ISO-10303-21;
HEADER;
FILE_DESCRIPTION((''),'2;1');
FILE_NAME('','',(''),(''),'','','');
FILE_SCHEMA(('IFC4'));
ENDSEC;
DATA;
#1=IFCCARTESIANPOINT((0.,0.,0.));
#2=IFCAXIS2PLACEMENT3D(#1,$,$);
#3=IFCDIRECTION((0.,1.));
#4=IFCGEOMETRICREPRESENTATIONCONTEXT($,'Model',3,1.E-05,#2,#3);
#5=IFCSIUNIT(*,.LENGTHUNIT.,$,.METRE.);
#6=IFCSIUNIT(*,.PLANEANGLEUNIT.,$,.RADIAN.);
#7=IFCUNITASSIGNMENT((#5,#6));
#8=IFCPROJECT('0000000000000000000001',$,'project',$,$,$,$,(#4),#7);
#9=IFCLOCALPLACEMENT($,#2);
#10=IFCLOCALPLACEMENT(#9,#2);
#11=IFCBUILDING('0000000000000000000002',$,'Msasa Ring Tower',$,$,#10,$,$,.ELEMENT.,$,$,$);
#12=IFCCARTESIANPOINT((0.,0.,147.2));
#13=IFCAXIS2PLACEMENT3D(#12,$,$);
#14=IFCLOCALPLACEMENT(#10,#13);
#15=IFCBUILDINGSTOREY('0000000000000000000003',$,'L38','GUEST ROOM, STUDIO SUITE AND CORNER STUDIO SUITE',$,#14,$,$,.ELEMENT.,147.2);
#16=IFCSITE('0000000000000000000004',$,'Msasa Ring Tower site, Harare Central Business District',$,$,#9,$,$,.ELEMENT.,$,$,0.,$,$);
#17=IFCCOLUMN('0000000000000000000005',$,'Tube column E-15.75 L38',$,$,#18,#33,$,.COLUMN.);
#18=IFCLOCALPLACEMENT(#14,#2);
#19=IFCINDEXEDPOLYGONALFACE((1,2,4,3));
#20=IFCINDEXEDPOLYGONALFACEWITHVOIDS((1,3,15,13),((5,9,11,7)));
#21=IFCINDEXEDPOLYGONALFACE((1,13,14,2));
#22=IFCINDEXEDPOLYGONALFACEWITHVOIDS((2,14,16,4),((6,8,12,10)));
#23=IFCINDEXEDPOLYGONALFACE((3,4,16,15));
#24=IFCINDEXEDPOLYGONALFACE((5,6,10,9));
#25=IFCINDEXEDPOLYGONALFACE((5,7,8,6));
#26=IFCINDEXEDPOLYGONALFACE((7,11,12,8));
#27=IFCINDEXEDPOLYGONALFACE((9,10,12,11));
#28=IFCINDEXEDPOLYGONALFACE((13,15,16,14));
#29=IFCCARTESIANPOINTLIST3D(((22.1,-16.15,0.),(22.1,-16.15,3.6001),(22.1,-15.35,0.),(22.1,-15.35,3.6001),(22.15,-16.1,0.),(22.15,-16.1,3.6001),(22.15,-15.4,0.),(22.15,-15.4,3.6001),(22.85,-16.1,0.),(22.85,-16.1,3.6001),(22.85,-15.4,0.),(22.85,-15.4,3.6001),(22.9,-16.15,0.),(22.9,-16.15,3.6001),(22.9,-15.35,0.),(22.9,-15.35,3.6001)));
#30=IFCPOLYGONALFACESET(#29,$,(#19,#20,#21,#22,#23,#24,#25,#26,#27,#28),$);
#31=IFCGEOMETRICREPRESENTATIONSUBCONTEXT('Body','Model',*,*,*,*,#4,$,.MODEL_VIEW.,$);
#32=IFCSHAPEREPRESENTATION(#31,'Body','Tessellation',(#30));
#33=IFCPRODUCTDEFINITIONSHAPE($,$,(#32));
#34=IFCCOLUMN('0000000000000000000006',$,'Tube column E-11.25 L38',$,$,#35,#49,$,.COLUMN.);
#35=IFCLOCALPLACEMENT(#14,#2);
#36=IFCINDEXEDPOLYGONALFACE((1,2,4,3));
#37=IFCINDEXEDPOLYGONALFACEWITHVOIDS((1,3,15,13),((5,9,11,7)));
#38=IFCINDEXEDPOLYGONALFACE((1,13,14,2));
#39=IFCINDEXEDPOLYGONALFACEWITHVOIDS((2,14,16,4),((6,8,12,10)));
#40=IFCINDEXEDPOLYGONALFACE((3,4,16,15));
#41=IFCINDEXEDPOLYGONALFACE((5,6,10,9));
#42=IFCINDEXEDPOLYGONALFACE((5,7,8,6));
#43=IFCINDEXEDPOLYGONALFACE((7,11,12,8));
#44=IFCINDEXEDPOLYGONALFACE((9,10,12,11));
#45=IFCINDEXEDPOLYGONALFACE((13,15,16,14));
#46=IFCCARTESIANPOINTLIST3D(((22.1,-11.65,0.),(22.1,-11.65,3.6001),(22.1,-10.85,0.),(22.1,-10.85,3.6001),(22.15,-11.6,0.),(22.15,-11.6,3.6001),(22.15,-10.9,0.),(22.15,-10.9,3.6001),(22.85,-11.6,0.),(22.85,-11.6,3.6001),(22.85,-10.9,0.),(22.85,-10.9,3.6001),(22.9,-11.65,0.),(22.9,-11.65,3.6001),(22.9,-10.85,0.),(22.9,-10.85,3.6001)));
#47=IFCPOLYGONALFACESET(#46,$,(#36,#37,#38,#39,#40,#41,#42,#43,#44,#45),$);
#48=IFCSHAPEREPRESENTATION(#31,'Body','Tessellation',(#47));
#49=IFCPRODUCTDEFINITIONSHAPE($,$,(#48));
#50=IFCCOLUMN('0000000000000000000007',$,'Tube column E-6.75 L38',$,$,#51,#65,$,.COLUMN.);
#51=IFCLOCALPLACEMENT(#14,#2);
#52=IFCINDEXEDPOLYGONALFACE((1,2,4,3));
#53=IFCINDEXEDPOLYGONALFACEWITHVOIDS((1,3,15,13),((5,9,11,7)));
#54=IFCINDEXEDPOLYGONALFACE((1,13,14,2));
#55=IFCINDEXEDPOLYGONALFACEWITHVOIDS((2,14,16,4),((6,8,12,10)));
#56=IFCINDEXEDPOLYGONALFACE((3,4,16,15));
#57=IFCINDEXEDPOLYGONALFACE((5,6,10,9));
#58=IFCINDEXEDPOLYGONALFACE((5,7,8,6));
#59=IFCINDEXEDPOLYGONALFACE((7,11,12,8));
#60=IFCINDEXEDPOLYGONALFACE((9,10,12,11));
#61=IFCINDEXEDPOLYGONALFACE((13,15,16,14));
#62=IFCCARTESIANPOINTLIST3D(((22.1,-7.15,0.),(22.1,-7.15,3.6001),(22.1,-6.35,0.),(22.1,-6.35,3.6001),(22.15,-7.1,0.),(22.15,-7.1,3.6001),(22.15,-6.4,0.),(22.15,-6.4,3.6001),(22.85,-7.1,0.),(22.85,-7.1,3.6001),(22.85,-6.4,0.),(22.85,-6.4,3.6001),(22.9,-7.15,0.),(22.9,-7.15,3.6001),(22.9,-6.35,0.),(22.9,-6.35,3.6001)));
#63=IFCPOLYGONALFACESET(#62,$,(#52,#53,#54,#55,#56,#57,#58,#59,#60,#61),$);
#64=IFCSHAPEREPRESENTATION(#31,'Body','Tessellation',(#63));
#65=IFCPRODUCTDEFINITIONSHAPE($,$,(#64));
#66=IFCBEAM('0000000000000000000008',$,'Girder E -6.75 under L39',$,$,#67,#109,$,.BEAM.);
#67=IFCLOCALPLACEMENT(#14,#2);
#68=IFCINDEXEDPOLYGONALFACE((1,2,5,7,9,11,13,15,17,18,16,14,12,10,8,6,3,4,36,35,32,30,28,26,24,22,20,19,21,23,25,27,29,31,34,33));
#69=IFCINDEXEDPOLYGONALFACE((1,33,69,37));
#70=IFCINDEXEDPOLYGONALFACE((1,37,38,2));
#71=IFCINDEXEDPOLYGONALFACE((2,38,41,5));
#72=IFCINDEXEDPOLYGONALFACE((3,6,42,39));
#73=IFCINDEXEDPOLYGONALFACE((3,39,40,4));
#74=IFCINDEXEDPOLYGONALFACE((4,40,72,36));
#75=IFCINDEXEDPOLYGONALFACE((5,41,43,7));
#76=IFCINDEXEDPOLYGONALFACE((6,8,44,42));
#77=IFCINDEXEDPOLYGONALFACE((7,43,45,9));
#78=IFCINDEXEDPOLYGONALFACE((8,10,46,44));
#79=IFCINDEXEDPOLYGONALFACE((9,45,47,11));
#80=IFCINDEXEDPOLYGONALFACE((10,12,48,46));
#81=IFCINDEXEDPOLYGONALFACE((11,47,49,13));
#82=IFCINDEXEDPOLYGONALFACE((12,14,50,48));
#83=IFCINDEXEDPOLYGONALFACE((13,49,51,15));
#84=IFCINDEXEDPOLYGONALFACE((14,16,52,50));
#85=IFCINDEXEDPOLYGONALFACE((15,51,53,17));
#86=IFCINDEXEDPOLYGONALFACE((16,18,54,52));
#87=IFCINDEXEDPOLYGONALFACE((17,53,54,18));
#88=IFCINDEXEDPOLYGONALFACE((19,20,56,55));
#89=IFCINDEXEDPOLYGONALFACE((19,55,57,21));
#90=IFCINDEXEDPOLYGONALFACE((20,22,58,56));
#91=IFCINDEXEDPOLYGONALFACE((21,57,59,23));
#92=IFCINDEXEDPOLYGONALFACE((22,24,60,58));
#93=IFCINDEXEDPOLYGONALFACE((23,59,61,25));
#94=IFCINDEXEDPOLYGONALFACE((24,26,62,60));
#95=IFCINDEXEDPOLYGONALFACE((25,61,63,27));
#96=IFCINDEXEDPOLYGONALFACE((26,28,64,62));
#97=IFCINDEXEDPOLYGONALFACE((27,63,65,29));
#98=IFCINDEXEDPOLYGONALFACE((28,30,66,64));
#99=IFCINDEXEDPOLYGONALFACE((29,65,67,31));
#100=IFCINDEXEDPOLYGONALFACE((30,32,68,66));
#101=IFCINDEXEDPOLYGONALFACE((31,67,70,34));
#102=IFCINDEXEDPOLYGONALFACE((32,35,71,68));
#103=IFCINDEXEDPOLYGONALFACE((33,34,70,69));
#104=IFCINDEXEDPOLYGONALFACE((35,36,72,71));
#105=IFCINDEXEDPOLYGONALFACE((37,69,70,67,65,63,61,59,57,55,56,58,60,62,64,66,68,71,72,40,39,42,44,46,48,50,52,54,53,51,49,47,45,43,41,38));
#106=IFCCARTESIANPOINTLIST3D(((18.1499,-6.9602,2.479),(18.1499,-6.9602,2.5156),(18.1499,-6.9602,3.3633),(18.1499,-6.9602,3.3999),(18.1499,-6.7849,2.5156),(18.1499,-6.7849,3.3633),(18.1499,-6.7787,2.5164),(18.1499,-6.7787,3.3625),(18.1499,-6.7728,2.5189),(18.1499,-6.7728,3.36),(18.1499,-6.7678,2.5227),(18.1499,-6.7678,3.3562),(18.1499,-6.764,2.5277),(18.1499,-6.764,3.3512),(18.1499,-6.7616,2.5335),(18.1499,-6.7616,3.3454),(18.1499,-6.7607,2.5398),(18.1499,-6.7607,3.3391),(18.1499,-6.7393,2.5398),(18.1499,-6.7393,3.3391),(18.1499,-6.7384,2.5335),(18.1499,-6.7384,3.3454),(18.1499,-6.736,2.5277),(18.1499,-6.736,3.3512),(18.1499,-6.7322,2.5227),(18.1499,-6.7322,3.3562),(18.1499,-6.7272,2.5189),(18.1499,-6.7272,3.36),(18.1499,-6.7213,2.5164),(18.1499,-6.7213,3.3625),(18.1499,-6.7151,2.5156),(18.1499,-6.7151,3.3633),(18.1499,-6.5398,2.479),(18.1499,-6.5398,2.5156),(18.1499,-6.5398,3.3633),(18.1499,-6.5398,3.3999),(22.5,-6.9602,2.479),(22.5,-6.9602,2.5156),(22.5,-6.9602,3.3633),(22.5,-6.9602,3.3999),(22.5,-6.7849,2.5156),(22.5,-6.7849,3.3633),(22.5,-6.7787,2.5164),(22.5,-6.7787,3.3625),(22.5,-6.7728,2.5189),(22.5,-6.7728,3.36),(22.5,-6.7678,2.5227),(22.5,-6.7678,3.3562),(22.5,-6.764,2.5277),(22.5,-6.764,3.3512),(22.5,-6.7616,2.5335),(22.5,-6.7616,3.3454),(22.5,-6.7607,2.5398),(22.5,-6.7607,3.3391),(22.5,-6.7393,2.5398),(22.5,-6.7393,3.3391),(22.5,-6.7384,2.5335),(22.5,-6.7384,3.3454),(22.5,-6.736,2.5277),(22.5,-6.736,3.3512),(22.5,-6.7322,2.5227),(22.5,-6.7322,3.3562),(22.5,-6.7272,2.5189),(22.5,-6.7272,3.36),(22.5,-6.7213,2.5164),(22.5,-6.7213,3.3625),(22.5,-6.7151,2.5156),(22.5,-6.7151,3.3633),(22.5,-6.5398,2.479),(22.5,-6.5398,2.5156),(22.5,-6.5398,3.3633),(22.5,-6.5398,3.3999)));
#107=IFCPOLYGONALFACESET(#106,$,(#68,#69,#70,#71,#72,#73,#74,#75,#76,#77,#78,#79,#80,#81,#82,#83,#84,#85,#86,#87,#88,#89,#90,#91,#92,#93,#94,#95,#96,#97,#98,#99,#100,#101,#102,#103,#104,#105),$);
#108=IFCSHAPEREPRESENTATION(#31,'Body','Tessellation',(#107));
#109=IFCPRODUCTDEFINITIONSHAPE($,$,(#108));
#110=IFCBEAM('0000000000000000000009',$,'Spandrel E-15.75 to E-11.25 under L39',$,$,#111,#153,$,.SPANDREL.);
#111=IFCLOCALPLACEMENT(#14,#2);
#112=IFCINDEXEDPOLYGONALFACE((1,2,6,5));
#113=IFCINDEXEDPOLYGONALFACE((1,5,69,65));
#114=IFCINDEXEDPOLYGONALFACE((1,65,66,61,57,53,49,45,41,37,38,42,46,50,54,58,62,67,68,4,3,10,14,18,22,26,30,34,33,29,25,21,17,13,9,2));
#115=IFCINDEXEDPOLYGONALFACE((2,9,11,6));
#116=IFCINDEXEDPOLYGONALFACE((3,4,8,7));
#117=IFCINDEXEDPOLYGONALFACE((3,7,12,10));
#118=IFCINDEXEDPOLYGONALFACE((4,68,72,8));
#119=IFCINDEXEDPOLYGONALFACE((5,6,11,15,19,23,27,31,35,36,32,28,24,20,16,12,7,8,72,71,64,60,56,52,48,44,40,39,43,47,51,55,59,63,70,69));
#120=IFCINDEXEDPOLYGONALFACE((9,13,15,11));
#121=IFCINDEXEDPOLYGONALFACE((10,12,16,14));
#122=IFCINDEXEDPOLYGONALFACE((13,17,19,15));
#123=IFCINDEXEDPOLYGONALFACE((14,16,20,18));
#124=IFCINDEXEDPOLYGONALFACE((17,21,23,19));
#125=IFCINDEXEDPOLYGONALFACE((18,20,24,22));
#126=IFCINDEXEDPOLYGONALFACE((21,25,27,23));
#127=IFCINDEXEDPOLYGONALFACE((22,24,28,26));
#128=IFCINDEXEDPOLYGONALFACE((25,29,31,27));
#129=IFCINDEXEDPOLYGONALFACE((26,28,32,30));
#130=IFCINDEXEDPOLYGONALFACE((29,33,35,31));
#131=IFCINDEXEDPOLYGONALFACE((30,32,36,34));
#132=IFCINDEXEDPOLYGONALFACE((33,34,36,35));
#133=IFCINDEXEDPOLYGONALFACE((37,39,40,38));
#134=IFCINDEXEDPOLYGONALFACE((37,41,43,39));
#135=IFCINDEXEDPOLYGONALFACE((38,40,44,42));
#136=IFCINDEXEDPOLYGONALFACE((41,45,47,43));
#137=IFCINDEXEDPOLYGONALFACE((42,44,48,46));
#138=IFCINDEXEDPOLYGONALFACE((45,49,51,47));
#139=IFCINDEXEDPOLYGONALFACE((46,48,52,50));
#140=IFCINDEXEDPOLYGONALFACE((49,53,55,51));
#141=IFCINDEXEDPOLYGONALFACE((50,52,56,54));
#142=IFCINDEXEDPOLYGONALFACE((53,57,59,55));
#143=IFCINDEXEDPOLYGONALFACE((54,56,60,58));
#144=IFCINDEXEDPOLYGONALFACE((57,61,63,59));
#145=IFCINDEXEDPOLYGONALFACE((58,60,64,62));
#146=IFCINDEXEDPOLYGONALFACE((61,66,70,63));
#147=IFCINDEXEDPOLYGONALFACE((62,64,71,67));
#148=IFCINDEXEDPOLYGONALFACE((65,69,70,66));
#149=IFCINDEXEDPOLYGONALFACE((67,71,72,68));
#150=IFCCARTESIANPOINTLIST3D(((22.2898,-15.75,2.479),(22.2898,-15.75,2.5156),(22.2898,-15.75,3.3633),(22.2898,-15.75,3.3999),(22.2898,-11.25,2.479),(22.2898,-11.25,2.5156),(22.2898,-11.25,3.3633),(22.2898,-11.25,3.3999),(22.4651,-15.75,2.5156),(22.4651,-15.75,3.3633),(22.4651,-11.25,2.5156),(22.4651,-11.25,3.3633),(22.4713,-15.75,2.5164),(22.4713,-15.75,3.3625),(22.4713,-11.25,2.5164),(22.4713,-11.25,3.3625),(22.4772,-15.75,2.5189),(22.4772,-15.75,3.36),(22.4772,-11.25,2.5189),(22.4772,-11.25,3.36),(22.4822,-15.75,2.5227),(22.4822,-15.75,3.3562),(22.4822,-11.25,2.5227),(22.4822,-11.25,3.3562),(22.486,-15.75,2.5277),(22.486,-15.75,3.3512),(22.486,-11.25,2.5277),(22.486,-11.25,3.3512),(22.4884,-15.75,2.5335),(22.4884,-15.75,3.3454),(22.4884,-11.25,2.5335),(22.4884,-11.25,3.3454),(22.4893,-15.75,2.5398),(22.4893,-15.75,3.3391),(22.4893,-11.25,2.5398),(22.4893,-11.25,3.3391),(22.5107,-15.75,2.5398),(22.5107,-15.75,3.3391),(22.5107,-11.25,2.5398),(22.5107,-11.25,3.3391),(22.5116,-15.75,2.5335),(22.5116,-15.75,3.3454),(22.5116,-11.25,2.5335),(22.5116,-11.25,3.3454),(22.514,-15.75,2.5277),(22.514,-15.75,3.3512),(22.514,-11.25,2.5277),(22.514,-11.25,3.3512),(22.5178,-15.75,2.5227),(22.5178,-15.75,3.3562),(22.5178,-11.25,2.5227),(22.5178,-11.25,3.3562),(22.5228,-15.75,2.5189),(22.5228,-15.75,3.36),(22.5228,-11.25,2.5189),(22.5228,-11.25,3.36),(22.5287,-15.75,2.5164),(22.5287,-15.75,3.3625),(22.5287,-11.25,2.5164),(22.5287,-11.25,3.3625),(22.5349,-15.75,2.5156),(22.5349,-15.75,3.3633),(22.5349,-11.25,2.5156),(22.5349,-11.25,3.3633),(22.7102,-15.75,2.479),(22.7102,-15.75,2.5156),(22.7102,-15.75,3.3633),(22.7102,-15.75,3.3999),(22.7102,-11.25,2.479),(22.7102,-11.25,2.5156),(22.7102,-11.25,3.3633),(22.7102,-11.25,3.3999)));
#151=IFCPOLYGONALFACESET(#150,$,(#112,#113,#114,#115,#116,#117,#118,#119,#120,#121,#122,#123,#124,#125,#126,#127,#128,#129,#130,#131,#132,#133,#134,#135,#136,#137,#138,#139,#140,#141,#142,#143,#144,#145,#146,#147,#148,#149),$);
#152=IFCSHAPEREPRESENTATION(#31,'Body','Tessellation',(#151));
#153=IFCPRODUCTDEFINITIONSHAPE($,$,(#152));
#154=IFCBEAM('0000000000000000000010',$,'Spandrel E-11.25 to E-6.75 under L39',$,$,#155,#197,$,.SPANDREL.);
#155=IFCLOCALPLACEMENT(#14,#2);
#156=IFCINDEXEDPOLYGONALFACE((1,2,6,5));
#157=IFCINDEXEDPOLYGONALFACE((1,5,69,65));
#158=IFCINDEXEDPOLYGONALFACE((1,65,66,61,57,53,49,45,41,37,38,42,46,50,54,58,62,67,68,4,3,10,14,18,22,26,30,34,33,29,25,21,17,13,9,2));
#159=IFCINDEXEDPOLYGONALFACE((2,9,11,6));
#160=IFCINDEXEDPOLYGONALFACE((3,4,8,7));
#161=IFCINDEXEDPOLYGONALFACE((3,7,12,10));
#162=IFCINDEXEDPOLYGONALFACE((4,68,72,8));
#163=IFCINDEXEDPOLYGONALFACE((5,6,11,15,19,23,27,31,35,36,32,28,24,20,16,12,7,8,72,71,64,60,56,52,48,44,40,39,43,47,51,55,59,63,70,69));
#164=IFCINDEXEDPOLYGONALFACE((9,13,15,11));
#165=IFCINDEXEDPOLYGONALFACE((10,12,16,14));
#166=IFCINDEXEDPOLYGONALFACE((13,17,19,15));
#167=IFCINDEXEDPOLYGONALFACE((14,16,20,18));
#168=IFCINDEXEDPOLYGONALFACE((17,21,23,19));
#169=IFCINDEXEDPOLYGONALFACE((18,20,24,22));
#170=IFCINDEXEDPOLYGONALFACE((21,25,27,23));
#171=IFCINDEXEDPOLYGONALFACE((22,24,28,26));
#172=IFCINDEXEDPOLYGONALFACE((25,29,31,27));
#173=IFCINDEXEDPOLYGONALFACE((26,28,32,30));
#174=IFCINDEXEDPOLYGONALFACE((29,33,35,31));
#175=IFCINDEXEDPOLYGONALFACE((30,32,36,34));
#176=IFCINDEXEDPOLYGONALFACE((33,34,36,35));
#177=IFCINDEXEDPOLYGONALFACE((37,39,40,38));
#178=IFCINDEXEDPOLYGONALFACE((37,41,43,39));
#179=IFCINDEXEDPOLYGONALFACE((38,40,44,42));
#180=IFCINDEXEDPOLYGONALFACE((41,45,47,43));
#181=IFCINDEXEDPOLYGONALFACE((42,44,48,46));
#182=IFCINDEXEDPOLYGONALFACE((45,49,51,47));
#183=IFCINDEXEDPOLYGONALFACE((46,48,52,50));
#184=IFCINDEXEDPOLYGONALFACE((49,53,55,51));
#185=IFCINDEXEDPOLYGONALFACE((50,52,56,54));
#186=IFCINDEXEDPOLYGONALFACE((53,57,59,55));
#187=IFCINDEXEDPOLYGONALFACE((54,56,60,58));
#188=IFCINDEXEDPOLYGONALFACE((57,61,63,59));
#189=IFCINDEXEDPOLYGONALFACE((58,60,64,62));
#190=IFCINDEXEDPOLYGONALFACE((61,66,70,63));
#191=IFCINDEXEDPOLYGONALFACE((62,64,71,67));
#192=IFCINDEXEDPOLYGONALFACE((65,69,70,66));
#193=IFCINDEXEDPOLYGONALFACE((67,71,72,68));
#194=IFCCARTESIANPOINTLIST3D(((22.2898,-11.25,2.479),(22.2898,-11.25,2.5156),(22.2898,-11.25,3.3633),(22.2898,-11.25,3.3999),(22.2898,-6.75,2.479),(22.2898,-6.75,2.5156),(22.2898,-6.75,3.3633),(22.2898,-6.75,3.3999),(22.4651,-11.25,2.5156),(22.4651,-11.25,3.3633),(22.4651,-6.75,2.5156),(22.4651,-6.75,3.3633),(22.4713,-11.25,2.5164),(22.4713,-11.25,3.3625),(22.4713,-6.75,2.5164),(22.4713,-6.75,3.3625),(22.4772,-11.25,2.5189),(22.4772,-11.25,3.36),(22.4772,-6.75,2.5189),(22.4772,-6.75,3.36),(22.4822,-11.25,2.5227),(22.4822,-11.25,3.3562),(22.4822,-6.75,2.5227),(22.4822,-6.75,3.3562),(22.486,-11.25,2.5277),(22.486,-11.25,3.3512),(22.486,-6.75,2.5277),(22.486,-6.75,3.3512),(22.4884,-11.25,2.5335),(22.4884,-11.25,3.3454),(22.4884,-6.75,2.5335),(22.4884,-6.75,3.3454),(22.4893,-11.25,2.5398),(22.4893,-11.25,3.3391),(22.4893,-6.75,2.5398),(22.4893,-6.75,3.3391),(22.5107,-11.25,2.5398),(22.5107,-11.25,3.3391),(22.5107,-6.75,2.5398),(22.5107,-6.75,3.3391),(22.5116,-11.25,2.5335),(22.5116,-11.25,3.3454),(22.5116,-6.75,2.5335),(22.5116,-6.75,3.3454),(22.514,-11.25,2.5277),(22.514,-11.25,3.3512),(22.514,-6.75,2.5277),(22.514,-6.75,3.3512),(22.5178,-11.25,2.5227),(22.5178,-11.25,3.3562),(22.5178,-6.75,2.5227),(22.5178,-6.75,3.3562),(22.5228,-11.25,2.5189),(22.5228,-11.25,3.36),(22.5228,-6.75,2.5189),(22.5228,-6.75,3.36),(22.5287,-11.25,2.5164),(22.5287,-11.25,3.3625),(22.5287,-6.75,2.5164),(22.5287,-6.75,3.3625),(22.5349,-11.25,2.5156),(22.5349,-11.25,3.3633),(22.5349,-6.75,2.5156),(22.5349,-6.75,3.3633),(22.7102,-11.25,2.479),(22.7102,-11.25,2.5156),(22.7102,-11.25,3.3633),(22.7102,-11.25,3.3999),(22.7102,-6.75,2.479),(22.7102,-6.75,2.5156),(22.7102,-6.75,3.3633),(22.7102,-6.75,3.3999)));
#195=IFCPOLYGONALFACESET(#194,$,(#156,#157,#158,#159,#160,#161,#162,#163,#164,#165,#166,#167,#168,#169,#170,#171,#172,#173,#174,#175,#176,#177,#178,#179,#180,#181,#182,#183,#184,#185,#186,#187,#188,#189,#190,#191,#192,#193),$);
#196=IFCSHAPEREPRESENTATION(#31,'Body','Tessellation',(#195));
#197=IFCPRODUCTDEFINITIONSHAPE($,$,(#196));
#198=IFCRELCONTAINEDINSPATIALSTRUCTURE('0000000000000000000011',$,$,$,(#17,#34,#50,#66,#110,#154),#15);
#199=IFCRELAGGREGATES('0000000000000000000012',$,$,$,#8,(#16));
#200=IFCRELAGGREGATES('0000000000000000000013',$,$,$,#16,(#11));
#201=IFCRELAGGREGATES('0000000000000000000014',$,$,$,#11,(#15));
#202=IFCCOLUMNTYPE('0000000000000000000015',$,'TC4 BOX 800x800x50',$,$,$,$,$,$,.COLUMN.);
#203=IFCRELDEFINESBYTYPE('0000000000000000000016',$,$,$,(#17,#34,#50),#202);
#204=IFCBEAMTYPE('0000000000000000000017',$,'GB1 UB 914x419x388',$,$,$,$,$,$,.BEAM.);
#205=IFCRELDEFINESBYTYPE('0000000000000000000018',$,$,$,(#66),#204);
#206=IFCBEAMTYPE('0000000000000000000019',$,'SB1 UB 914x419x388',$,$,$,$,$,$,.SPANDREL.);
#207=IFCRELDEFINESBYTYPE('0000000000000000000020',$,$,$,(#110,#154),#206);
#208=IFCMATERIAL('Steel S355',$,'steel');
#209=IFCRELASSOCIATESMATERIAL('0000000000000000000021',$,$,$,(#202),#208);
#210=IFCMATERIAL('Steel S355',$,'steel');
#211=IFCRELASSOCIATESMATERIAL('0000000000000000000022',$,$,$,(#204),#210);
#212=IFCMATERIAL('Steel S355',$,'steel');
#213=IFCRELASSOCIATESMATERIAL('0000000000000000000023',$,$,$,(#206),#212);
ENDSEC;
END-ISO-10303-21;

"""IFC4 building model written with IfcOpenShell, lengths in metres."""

from ifc_helpers import new_model, si_unit, direction, frame, origin, origin_2d, place, context, subcontext, project, spatial, hollow_rectangle, i_section, extrude, material, material_profile, profile_set, type_object, element, save


model = new_model("IFC4")

# Units and contexts
model_context = context("Model", 3, precision=1e-05, world=origin(), true_north=direction((0.0, 1.0)))
body_context = subcontext(model_context, "Body", "Model", "MODEL_VIEW")
ifc_project = project(units=[si_unit("LENGTHUNIT", "METRE"), si_unit("PLANEANGLEUNIT", "RADIAN")], contexts=[model_context])

# Site, building, storey
site_placement = place(None, origin())
site = spatial("IfcSite", under=ifc_project, at=site_placement, Name="Msasa Ring Tower site, Harare Central Business District", CompositionType="ELEMENT", RefElevation=0.0)
building_placement = place(site_placement, origin())
building = spatial("IfcBuilding", under=site, at=building_placement, Name="Msasa Ring Tower", CompositionType="ELEMENT")
storey_placement = place(building_placement, frame((0.0, 0.0, 147.2)))
storey = spatial("IfcBuildingStorey", under=building, at=storey_placement, Name="L38", Description="GUEST ROOM, STUDIO SUITE AND CORNER STUDIO SUITE", CompositionType="ELEMENT", Elevation=147.2)

# Columns
ifc_material_1 = material(Name="Steel S355", Category="steel")
ifc_material_profile_1 = material_profile(ifc_material_1, hollow_rectangle(XDim=0.8, YDim=0.8, WallThickness=0.05, at=origin_2d()), Name="BOX 800x800x50")
ifc_profile_set_1 = profile_set([ifc_material_profile_1], Name="Steel S355")
column_type = type_object("IfcColumnType", Name="TC4 BOX 800x800x50", PredefinedType="COLUMN", material=ifc_profile_set_1)
for number, where, z_axis, x_axis, name in (
    (1, (22.5, -15.75, 0.0), (0.0, 0.0, 1.0), (1.0, 0.0, 0.0), "Tube column E-15.75 L38"),
    (2, (22.5, -11.25, 0.0), (0.0, 0.0, 1.0), (1.0, 0.0, 0.0), "Tube column E-11.25 L38"),
    (3, (22.5, -6.75, 0.0), (0.0, 0.0, 1.0), (1.0, 0.0, 0.0), "Tube column E-6.75 L38"),
):
    element("IfcColumn", number, at=place(storey_placement, frame(where, z_axis=z_axis, x_axis=x_axis)), inside=storey, type_object=column_type, Name=name, PredefinedType="COLUMN", context=body_context, shape_type="SweptSolid", body=[
        extrude(hollow_rectangle(XDim=0.8, YDim=0.8, WallThickness=0.05, at=origin_2d()), origin(), (0.0, 0.0, 1.0), 3.6001),
    ])

# Beams
ifc_material_2 = material(Name="Steel S355", Category="steel")
ifc_material_profile_2 = material_profile(ifc_material_2, i_section(OverallWidth=0.4204, OverallDepth=0.9209, WebThickness=0.0215, FlangeThickness=0.0366, FilletRadius=0.0242, at=origin_2d()), Name="UB 914x419x388")
ifc_profile_set_2 = profile_set([ifc_material_profile_2], Name="Steel S355")
beam_type_1 = type_object("IfcBeamType", Name="GB1 UB 914x419x388", PredefinedType="BEAM", material=ifc_profile_set_2)
beam_placement = place(storey_placement, frame((18.1499, -6.75, 2.9395), z_axis=(1.0, 0.0, 0.0), x_axis=(0.0, 1.0, 0.0)))
element("IfcBeam", 4, at=beam_placement, inside=storey, type_object=beam_type_1, Name="Girder E -6.75 under L39", PredefinedType="BEAM", context=body_context, shape_type="SweptSolid", body=[
    extrude(i_section(OverallWidth=0.4204, OverallDepth=0.9209, WebThickness=0.0215, FlangeThickness=0.0366, FilletRadius=0.0242, at=origin_2d()), origin(), (0.0, 0.0, 1.0), 4.3501),
])
ifc_material_3 = material(Name="Steel S355", Category="steel")
ifc_material_profile_3 = material_profile(ifc_material_3, i_section(OverallWidth=0.4204, OverallDepth=0.9209, WebThickness=0.0215, FlangeThickness=0.0366, FilletRadius=0.0242, at=origin_2d()), Name="UB 914x419x388")
ifc_profile_set_3 = profile_set([ifc_material_profile_3], Name="Steel S355")
beam_type_2 = type_object("IfcBeamType", Name="SB1 UB 914x419x388", PredefinedType="SPANDREL", material=ifc_profile_set_3)
for number, where, z_axis, x_axis, name in (
    (5, (22.5, -15.75, 2.9395), (0.0, 1.0, 0.0), (-1.0, 0.0, 0.0), "Spandrel E-15.75 to E-11.25 under L39"),
    (6, (22.5, -11.25, 2.9395), (0.0, 1.0, 0.0), (-1.0, 0.0, 0.0), "Spandrel E-11.25 to E-6.75 under L39"),
):
    element("IfcBeam", number, at=place(storey_placement, frame(where, z_axis=z_axis, x_axis=x_axis)), inside=storey, type_object=beam_type_2, Name=name, PredefinedType="SPANDREL", context=body_context, shape_type="SweptSolid", body=[
        extrude(i_section(OverallWidth=0.4204, OverallDepth=0.9209, WebThickness=0.0215, FlangeThickness=0.0366, FilletRadius=0.0242, at=origin_2d()), origin(), (0.0, 0.0, 1.0), 4.5),
    ])

save(model, "model.ifc")
